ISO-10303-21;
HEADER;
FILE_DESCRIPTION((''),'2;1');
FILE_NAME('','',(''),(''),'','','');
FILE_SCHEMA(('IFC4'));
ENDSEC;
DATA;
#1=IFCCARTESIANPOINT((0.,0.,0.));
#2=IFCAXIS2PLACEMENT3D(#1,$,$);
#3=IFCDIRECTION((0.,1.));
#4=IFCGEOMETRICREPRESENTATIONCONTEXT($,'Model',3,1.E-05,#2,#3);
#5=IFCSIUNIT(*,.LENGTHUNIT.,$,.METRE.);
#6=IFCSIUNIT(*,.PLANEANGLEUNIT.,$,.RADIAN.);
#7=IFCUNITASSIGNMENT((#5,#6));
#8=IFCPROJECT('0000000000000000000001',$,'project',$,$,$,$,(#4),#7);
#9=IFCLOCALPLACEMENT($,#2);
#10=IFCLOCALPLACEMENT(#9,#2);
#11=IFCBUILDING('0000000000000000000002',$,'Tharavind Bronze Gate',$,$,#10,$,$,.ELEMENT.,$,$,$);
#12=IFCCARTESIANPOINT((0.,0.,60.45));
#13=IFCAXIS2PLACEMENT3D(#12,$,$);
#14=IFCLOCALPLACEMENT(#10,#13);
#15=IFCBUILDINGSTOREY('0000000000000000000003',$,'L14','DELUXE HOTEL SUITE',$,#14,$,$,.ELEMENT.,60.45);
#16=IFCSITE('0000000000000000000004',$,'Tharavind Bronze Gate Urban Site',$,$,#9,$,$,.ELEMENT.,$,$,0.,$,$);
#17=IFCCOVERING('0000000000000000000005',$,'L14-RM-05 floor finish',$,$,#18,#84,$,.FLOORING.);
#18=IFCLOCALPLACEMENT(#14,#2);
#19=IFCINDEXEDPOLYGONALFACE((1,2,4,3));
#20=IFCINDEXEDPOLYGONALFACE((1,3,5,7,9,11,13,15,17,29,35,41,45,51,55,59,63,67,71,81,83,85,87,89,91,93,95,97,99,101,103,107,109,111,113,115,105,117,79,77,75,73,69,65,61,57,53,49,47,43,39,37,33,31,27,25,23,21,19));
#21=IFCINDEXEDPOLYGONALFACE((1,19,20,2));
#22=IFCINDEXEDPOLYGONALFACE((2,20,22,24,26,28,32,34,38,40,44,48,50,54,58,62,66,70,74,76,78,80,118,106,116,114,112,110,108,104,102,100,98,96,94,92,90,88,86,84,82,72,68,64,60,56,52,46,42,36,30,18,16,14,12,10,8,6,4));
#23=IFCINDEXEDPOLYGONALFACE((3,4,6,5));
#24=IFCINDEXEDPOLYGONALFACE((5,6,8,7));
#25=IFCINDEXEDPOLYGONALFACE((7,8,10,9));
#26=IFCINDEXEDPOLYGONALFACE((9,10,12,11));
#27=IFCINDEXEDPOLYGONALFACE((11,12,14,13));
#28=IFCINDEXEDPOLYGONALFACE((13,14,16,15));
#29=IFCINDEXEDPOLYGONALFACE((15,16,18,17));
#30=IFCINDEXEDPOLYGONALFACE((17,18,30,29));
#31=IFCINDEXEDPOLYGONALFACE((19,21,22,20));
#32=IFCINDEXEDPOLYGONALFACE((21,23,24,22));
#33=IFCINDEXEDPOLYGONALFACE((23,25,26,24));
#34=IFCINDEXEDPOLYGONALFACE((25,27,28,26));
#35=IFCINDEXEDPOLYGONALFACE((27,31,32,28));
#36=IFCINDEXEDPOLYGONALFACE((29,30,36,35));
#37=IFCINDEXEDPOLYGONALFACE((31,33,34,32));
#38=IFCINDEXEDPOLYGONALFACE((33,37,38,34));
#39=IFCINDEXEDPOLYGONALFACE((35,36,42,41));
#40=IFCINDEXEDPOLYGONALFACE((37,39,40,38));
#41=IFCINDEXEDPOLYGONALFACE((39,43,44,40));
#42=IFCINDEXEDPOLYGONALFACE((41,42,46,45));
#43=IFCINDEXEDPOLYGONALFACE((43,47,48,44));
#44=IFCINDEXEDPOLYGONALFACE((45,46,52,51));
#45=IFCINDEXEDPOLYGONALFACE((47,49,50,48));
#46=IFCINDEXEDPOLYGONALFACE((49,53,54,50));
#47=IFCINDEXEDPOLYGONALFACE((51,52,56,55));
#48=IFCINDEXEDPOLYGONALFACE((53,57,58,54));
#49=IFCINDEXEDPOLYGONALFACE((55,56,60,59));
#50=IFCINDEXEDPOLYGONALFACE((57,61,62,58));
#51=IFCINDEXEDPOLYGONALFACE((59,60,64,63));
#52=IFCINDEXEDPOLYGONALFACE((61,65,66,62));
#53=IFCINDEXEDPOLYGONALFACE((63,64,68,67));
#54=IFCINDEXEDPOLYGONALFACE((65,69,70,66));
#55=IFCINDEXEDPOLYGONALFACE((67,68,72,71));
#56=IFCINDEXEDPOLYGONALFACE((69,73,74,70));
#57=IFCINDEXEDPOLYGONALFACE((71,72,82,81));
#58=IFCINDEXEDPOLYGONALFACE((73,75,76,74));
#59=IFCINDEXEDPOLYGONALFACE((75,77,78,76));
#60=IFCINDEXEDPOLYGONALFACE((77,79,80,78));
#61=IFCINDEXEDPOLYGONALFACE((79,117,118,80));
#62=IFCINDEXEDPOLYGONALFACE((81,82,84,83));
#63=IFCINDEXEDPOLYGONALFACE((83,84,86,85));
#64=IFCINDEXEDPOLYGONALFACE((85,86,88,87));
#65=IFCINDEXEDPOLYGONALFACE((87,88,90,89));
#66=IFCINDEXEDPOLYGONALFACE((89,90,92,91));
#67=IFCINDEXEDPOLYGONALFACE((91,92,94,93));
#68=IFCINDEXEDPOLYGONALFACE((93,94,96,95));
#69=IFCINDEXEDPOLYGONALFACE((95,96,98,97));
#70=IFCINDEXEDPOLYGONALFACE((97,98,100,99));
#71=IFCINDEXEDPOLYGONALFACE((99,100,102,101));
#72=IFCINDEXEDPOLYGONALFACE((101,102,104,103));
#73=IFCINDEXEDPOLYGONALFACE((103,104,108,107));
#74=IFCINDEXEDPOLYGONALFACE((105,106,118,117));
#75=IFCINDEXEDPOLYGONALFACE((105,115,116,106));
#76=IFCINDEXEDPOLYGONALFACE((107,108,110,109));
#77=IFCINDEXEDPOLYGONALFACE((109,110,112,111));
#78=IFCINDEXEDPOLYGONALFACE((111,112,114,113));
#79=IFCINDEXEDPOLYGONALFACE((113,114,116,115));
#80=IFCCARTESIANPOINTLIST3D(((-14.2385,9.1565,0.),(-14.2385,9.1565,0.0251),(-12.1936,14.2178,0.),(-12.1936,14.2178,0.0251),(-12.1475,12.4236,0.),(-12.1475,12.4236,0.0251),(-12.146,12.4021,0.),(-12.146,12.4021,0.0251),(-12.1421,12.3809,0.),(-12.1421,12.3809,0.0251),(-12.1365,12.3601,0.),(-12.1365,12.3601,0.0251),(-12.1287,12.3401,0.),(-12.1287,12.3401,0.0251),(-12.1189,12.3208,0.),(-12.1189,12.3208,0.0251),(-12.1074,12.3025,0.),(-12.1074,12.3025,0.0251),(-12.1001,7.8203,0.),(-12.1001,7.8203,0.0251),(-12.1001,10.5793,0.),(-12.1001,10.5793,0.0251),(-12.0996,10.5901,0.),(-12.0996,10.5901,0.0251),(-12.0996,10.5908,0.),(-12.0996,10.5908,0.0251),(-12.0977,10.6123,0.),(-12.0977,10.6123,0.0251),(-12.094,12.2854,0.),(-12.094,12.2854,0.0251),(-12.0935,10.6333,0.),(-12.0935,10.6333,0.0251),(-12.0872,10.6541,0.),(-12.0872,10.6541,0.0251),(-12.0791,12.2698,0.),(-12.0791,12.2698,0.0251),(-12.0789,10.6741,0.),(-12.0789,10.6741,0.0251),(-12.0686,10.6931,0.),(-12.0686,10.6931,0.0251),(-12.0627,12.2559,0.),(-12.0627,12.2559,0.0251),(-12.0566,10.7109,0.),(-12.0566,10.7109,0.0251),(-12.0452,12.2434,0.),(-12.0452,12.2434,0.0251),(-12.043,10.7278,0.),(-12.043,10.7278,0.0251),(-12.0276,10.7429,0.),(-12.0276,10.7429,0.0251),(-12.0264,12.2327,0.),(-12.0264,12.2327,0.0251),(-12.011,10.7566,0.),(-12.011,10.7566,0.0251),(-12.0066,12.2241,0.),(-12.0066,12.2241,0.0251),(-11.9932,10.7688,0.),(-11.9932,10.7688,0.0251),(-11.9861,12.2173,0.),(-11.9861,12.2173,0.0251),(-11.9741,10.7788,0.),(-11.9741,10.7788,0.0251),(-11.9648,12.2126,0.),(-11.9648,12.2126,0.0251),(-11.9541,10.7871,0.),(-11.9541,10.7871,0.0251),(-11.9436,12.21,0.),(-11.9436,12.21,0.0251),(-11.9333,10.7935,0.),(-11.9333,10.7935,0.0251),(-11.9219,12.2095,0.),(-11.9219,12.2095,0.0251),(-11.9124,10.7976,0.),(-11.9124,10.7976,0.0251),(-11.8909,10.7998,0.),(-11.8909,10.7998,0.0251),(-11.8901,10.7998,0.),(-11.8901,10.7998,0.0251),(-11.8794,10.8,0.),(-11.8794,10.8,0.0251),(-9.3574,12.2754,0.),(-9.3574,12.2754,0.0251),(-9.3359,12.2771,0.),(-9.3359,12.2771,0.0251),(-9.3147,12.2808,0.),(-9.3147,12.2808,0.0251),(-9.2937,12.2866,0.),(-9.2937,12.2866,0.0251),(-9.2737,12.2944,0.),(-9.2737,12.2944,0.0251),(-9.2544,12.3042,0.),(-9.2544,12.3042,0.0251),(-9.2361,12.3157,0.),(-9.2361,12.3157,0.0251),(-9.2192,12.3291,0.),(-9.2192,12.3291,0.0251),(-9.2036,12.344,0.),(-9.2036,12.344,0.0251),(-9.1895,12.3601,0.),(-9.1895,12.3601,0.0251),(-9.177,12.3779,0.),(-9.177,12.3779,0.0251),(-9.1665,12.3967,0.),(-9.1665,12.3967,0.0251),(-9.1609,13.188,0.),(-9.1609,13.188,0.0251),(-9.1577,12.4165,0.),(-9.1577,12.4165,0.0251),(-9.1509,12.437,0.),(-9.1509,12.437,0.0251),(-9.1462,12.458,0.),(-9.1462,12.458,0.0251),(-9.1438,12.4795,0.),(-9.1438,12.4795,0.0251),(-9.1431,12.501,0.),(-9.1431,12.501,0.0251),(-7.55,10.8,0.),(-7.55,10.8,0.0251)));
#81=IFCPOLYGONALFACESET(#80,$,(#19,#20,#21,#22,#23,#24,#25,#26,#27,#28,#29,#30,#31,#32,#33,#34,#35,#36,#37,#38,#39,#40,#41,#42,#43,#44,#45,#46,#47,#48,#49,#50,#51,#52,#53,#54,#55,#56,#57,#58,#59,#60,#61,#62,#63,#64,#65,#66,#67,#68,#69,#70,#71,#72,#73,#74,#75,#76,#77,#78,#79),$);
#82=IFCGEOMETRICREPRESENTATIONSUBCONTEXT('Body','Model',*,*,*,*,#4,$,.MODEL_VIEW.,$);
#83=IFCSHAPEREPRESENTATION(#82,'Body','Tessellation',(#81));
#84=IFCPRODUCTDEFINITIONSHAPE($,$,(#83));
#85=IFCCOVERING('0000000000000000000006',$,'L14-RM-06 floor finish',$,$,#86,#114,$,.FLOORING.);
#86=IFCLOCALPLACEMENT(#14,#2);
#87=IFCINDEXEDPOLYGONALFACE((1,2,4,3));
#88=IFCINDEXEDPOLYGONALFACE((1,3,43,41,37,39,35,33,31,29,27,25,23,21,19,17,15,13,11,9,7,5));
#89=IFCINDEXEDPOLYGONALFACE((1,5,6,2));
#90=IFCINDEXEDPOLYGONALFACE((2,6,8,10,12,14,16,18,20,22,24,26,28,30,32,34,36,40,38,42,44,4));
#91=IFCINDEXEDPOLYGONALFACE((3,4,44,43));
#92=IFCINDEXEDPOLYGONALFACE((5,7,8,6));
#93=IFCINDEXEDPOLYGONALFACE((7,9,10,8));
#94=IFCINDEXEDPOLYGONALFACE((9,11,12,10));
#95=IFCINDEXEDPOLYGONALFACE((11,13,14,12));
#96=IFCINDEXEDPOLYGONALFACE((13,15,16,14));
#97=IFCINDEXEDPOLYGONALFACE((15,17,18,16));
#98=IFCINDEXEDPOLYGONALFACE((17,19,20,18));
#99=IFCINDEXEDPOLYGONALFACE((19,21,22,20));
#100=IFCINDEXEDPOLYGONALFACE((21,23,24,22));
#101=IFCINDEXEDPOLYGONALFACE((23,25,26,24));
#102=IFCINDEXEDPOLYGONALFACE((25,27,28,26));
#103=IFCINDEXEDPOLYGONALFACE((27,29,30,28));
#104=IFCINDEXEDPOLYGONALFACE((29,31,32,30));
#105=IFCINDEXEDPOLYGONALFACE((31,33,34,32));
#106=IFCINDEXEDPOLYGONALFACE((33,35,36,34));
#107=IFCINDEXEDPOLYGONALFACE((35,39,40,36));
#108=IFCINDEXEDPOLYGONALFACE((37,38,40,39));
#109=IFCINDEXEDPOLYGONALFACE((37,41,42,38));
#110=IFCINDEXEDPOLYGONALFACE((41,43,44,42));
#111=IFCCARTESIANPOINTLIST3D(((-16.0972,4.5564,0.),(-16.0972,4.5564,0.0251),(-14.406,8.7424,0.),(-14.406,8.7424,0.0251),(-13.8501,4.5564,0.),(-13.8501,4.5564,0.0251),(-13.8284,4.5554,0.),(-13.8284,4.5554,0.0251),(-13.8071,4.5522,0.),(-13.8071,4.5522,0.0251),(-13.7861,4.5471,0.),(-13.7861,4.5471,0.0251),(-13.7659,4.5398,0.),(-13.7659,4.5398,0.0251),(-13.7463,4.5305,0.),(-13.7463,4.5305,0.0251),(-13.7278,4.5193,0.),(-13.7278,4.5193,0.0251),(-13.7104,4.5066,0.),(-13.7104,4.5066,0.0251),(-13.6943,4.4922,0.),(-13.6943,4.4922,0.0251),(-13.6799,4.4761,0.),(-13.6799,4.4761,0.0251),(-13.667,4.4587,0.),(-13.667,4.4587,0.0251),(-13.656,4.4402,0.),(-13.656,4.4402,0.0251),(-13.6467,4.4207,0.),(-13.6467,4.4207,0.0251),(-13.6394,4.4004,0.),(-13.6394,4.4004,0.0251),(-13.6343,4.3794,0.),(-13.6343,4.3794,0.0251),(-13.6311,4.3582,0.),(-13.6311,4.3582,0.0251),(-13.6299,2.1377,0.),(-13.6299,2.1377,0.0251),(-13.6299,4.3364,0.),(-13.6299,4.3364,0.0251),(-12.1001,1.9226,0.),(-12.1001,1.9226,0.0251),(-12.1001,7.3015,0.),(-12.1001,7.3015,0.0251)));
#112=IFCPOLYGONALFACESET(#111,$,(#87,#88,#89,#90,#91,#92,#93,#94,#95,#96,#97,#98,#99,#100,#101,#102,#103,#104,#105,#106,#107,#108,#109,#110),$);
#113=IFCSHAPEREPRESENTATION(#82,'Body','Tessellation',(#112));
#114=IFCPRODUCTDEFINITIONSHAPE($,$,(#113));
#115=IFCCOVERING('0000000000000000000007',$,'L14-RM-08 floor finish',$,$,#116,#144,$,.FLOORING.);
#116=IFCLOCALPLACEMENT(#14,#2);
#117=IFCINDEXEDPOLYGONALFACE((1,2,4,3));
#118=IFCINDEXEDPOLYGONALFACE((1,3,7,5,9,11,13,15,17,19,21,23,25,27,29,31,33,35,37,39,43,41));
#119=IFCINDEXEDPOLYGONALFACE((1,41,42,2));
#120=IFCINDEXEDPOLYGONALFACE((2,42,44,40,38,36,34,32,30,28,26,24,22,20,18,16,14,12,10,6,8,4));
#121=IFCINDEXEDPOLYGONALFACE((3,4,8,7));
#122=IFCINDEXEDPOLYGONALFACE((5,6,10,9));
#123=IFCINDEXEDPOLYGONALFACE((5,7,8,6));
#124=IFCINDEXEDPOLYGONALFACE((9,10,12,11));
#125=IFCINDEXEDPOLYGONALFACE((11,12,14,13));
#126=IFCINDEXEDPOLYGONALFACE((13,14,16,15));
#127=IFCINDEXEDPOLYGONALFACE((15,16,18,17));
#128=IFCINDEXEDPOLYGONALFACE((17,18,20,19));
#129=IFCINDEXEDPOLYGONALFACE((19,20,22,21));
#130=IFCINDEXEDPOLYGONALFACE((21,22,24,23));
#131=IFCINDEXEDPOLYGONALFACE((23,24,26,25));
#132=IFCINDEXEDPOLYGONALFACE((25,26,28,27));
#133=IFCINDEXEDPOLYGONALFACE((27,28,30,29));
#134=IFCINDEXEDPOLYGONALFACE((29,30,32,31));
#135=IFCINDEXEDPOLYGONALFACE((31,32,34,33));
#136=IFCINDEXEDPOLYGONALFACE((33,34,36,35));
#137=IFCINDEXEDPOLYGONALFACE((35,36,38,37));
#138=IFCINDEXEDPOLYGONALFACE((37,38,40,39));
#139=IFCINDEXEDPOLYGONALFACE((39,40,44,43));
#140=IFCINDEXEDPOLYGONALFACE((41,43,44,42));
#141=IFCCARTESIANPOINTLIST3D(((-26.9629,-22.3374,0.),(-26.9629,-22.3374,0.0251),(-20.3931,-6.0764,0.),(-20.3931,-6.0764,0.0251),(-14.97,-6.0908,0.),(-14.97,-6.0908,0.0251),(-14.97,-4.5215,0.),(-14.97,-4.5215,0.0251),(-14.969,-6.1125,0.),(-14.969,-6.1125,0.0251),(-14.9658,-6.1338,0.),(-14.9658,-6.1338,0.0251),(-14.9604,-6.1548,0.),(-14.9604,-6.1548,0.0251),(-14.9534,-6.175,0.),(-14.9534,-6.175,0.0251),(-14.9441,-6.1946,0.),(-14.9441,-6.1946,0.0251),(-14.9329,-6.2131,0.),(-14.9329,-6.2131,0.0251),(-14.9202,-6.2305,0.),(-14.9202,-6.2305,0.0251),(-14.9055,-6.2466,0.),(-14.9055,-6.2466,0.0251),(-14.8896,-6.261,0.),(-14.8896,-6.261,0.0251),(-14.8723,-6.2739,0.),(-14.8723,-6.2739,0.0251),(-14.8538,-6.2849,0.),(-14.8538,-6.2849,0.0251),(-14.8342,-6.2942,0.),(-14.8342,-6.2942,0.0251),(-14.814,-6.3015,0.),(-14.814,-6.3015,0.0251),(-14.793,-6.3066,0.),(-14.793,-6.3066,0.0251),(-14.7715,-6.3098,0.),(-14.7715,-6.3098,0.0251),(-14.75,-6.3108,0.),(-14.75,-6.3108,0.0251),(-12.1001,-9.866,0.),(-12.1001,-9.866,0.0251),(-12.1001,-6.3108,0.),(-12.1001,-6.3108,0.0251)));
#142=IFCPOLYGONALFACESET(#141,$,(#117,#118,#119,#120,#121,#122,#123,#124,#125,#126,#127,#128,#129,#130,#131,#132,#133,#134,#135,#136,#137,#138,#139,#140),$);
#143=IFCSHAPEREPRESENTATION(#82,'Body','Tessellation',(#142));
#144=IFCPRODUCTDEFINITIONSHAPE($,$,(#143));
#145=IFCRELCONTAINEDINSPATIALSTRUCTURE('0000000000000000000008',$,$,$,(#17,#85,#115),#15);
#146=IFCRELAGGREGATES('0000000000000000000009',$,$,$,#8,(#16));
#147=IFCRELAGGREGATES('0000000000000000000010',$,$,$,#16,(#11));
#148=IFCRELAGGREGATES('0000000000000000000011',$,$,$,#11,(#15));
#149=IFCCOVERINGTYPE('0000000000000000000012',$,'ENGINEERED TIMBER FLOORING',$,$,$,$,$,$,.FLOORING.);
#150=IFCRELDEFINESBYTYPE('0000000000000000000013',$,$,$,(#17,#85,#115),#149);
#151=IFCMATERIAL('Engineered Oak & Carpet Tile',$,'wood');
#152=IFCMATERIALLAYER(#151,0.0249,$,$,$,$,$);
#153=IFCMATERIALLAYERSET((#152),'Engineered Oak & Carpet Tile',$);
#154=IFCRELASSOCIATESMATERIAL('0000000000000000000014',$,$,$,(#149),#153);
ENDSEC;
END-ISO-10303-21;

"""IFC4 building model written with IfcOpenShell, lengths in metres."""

from ifc_helpers import new_model, si_unit, direction, frame, origin, place, context, subcontext, project, spatial, polyline, outline, extrude, material, layer, layer_set, type_object, element, save


model = new_model("IFC4")

# Units and contexts
model_context = context("Model", 3, precision=1e-05, world=origin(), true_north=direction((0.0, 1.0)))
body_context = subcontext(model_context, "Body", "Model", "MODEL_VIEW")
ifc_project = project(units=[si_unit("LENGTHUNIT", "METRE"), si_unit("PLANEANGLEUNIT", "RADIAN")], contexts=[model_context])

# Site, building, storey
site_placement = place(None, origin())
site = spatial("IfcSite", under=ifc_project, at=site_placement, Name="Tharavind Bronze Gate Urban Site", CompositionType="ELEMENT", RefElevation=0.0)
building_placement = place(site_placement, origin())
building = spatial("IfcBuilding", under=site, at=building_placement, Name="Tharavind Bronze Gate", CompositionType="ELEMENT")
storey_placement = place(building_placement, frame((0.0, 0.0, 60.45)))
storey = spatial("IfcBuildingStorey", under=building, at=storey_placement, Name="L14", Description="DELUXE HOTEL SUITE", CompositionType="ELEMENT", Elevation=60.45)

# Coverings
ifc_material_1 = material(Name="Engineered Oak & Carpet Tile", Category="wood")
ifc_layer_1 = layer(ifc_material_1, 0.0249)
ifc_layer_set_1 = layer_set([ifc_layer_1], Name="Engineered Oak & Carpet Tile")
covering_type_1 = type_object("IfcCoveringType", Name="ENGINEERED TIMBER FLOORING", PredefinedType="FLOORING", material=ifc_layer_set_1)
covering_1_placement = place(storey_placement, origin())
element("IfcCovering", 1, at=covering_1_placement, inside=storey, type_object=covering_type_1, Name="L14-RM-05 floor finish", PredefinedType="FLOORING", context=body_context, shape_type="SweptSolid", body=[
    extrude(outline(polyline([(-12.1001, 7.8203), (-12.1001, 10.5793), (-12.0996, 10.5901), (-12.0996, 10.5908), (-12.0977, 10.6123), (-12.0935, 10.6333), (-12.0872, 10.6541), (-12.0789, 10.6741), (-12.0686, 10.6931), (-12.0566, 10.7109), (-12.043, 10.7278), (-12.0276, 10.7429), (-12.011, 10.7566), (-11.9932, 10.7688), (-11.9741, 10.7788), (-11.9541, 10.7871), (-11.9333, 10.7935), (-11.9124, 10.7976), (-11.8909, 10.7998), (-11.8901, 10.7998), (-11.8794, 10.8), (-7.55, 10.8), (-9.1609, 13.188), (-9.1431, 12.501), (-9.1438, 12.4795), (-9.1462, 12.458), (-9.1509, 12.437), (-9.1577, 12.4165), (-9.1665, 12.3967), (-9.177, 12.3779), (-9.1895, 12.3601), (-9.2036, 12.344), (-9.2192, 12.3291), (-9.2361, 12.3157), (-9.2544, 12.3042), (-9.2737, 12.2944), (-9.2937, 12.2866), (-9.3147, 12.2808), (-9.3359, 12.2771), (-9.3574, 12.2754), (-11.9219, 12.2095), (-11.9436, 12.21), (-11.9648, 12.2126), (-11.9861, 12.2173), (-12.0066, 12.2241), (-12.0264, 12.2327), (-12.0452, 12.2434), (-12.0627, 12.2559), (-12.0791, 12.2698), (-12.094, 12.2854), (-12.1074, 12.3025), (-12.1189, 12.3208), (-12.1287, 12.3401), (-12.1365, 12.3601), (-12.1421, 12.3809), (-12.146, 12.4021), (-12.1475, 12.4236), (-12.1936, 14.2178), (-14.2385, 9.1565), (-12.1001, 7.8203)])), origin(), (0.0, 0.0, 1.0), 0.0251),
])
covering_2_placement = place(storey_placement, origin())
element("IfcCovering", 2, at=covering_2_placement, inside=storey, type_object=covering_type_1, Name="L14-RM-06 floor finish", PredefinedType="FLOORING", context=body_context, shape_type="SweptSolid", body=[
    extrude(outline(polyline([(-16.0972, 4.5564), (-13.8501, 4.5564), (-13.8284, 4.5554), (-13.8071, 4.5522), (-13.7861, 4.5471), (-13.7659, 4.5398), (-13.7463, 4.5305), (-13.7278, 4.5193), (-13.7104, 4.5066), (-13.6943, 4.4922), (-13.6799, 4.4761), (-13.667, 4.4587), (-13.656, 4.4402), (-13.6467, 4.4207), (-13.6394, 4.4004), (-13.6343, 4.3794), (-13.6311, 4.3582), (-13.6299, 4.3364), (-13.6299, 2.1377), (-12.1001, 1.9226), (-12.1001, 7.3015), (-14.406, 8.7424), (-16.0972, 4.5564)])), origin(), (0.0, 0.0, 1.0), 0.0251),
])
covering_3_placement = place(storey_placement, origin())
element("IfcCovering", 3, at=covering_3_placement, inside=storey, type_object=covering_type_1, Name="L14-RM-08 floor finish", PredefinedType="FLOORING", context=body_context, shape_type="SweptSolid", body=[
    extrude(outline(polyline([(-12.1001, -9.866), (-12.1001, -6.3108), (-14.75, -6.3108), (-14.7715, -6.3098), (-14.793, -6.3066), (-14.814, -6.3015), (-14.8342, -6.2942), (-14.8538, -6.2849), (-14.8723, -6.2739), (-14.8896, -6.261), (-14.9055, -6.2466), (-14.9202, -6.2305), (-14.9329, -6.2131), (-14.9441, -6.1946), (-14.9534, -6.175), (-14.9604, -6.1548), (-14.9658, -6.1338), (-14.969, -6.1125), (-14.97, -6.0908), (-14.97, -4.5215), (-20.3931, -6.0764), (-26.9629, -22.3374), (-12.1001, -9.866)])), origin(), (0.0, 0.0, 1.0), 0.0251),
])

save(model, "model.ifc")
